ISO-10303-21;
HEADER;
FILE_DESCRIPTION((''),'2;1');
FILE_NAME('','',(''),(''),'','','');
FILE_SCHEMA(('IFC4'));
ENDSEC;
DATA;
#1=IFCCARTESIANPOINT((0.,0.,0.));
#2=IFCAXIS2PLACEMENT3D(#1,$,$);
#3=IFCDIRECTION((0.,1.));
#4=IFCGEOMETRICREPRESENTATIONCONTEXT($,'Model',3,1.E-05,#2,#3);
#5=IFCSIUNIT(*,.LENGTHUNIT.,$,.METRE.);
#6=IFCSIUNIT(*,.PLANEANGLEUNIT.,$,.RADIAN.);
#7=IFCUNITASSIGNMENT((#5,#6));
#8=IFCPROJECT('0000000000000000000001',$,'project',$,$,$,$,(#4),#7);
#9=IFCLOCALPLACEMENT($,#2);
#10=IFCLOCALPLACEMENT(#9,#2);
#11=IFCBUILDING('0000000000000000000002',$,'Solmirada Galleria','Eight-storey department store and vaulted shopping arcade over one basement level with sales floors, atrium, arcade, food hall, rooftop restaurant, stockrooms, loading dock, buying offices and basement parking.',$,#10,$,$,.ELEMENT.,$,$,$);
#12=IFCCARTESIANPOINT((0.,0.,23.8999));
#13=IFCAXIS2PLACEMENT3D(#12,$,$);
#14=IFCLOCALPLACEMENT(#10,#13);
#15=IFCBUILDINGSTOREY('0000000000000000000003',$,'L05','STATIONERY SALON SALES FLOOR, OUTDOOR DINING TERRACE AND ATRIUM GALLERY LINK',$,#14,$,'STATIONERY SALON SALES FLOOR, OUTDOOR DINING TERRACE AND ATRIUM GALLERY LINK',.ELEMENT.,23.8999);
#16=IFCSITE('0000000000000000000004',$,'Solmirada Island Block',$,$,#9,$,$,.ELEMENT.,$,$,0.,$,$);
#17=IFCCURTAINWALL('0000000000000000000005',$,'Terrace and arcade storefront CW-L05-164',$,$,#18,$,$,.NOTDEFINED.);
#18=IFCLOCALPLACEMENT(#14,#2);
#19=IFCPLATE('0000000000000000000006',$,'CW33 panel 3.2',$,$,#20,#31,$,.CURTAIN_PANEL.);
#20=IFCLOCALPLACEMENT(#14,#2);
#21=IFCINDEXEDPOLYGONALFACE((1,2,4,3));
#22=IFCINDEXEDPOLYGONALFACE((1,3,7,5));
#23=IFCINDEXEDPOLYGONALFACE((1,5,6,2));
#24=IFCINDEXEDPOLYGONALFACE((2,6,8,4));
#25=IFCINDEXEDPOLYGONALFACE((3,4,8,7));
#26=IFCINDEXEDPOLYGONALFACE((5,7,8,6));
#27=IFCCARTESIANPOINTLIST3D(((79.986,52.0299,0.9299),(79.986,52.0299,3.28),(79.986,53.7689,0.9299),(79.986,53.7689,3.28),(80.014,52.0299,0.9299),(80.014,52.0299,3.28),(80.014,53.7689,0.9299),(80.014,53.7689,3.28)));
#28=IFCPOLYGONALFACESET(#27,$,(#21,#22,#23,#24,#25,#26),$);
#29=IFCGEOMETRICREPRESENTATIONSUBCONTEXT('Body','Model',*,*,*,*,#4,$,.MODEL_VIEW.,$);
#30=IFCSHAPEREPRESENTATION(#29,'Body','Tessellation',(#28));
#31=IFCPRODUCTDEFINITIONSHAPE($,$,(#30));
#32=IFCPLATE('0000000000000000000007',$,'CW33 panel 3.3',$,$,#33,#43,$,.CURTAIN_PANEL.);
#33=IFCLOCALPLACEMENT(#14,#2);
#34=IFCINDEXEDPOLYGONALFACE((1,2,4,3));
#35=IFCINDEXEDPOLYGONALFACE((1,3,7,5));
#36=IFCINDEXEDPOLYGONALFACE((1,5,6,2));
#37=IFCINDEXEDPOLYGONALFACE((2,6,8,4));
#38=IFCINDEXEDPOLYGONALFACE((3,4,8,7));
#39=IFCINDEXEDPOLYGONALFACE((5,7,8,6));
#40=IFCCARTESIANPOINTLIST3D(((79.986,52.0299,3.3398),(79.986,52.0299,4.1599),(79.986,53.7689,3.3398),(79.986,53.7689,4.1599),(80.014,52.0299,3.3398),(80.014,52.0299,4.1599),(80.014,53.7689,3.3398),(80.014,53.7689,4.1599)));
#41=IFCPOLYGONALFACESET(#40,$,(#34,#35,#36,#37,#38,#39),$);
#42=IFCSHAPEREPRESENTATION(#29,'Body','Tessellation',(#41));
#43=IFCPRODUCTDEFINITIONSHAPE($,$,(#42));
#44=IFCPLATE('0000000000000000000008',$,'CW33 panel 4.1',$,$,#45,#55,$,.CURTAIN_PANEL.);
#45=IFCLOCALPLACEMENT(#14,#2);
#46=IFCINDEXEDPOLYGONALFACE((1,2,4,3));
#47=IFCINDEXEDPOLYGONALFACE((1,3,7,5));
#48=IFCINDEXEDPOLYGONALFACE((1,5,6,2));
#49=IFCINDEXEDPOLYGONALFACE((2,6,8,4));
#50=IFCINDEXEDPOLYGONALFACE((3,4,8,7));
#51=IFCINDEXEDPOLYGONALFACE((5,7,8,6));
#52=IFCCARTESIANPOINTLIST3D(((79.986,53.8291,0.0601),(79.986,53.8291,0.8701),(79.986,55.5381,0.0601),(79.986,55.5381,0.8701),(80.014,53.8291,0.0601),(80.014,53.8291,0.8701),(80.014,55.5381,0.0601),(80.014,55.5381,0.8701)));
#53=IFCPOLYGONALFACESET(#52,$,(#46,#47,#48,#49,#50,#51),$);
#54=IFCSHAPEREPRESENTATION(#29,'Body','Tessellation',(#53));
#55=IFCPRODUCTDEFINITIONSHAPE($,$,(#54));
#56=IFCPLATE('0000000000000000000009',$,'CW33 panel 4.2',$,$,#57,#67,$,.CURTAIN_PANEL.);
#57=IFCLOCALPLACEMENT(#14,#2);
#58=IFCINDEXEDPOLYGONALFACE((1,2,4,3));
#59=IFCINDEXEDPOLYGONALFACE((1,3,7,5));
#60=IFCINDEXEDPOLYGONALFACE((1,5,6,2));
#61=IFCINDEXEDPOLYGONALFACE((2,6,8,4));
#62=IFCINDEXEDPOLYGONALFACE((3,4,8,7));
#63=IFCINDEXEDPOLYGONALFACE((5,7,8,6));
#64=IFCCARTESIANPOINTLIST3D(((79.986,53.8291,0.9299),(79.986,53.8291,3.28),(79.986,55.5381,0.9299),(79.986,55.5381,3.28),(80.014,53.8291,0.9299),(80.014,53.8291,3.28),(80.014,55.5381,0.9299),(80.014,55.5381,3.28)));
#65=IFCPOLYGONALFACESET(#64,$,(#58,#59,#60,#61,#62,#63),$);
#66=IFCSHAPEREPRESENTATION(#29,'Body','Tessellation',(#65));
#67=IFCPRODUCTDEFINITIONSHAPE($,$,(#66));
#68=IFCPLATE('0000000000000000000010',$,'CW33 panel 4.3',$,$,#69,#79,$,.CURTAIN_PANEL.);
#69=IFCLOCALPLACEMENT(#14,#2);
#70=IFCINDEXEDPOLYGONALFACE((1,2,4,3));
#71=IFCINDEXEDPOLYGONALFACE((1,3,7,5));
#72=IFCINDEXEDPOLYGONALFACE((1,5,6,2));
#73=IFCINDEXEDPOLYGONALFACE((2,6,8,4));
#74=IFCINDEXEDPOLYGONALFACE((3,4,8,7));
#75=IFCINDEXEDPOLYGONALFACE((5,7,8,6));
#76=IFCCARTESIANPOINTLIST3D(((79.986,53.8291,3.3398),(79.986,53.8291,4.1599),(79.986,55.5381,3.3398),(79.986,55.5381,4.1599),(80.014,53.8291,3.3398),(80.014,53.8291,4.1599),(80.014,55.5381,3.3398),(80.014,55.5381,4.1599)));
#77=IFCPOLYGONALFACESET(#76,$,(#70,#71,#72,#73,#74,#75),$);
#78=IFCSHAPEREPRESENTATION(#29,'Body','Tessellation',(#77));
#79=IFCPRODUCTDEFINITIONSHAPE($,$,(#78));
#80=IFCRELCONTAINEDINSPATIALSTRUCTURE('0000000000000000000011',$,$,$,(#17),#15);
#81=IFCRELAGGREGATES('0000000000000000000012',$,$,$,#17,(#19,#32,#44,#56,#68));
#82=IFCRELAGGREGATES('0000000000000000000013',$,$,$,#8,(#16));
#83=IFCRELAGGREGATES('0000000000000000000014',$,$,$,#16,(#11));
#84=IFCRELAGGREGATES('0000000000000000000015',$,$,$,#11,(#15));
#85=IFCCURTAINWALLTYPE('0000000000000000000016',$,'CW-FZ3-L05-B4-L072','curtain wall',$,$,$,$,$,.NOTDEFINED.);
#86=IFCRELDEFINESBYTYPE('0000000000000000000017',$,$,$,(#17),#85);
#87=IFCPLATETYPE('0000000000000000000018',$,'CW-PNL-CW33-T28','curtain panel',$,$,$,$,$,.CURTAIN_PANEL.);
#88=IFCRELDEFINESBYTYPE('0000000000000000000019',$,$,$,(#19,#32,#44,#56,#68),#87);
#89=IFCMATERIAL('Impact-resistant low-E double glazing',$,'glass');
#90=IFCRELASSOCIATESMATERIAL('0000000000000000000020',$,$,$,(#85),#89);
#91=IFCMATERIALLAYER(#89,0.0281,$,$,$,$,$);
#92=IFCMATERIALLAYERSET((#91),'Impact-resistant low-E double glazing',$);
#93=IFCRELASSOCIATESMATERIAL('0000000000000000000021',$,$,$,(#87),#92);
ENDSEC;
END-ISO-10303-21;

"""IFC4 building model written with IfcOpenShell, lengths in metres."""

from ifc_helpers import new_model, si_unit, direction, frame, origin, origin_2d, place, context, subcontext, project, spatial, rectangle, extrude, material, layer, layer_set, type_object, element, aggregate, save


model = new_model("IFC4")

# Units and contexts
model_context = context("Model", 3, precision=1e-05, world=origin(), true_north=direction((0.0, 1.0)))
body_context = subcontext(model_context, "Body", "Model", "MODEL_VIEW")
ifc_project = project(units=[si_unit("LENGTHUNIT", "METRE"), si_unit("PLANEANGLEUNIT", "RADIAN")], contexts=[model_context])

# Site, building, storey
site_placement = place(None, origin())
site = spatial("IfcSite", under=ifc_project, at=site_placement, Name="Solmirada Island Block", CompositionType="ELEMENT", RefElevation=0.0)
building_placement = place(site_placement, origin())
building = spatial("IfcBuilding", under=site, at=building_placement, Name="Solmirada Galleria", Description="Eight-storey department store and vaulted shopping arcade over one basement level with sales floors, atrium, arcade, food hall, rooftop restaurant, stockrooms, loading dock, buying offices and basement parking.", CompositionType="ELEMENT")
storey_placement = place(building_placement, frame((0.0, 0.0, 23.8999)))
storey = spatial("IfcBuildingStorey", under=building, at=storey_placement, Name="L05", Description="STATIONERY SALON SALES FLOOR, OUTDOOR DINING TERRACE AND ATRIUM GALLERY LINK", LongName="STATIONERY SALON SALES FLOOR, OUTDOOR DINING TERRACE AND ATRIUM GALLERY LINK", CompositionType="ELEMENT", Elevation=23.8999)

# Curtain wall, plates
ifc_material_1 = material(Name="Impact-resistant low-E double glazing", Category="glass")
curtain_wall_type = type_object("IfcCurtainWallType", Name="CW-FZ3-L05-B4-L072", Description="curtain wall", PredefinedType="NOTDEFINED", material=ifc_material_1)
curtain_wall_placement = place(storey_placement, origin())
curtain_wall = element("IfcCurtainWall", 1, at=curtain_wall_placement, inside=storey, type_object=curtain_wall_type, Name="Terrace and arcade storefront CW-L05-164", PredefinedType="NOTDEFINED")
ifc_layer = layer(ifc_material_1, 0.0281)
ifc_layer_set = layer_set([ifc_layer], Name="Impact-resistant low-E double glazing")
plate_type = type_object("IfcPlateType", Name="CW-PNL-CW33-T28", Description="curtain panel", PredefinedType="CURTAIN_PANEL", material=ifc_layer_set)
plate_1_placement = place(storey_placement, frame((80.0, 52.8994, 0.9299), z_axis=(0.0, 0.0, 1.0), x_axis=(0.0, 1.0, 0.0)))
plate_1 = element("IfcPlate", 2, at=plate_1_placement, type_object=plate_type, Name="CW33 panel 3.2", PredefinedType="CURTAIN_PANEL", context=body_context, shape_type="SweptSolid", body=[
    extrude(rectangle(XDim=1.739, YDim=0.0281, at=origin_2d()), origin(), (0.0, 0.0, 1.0), 2.3501),
])
plate_2_placement = place(storey_placement, frame((80.0, 52.8994, 3.3398), z_axis=(0.0, 0.0, 1.0), x_axis=(0.0, 1.0, 0.0)))
plate_2 = element("IfcPlate", 3, at=plate_2_placement, type_object=plate_type, Name="CW33 panel 3.3", PredefinedType="CURTAIN_PANEL", context=body_context, shape_type="SweptSolid", body=[
    extrude(rectangle(XDim=1.739, YDim=0.0281, at=origin_2d()), origin(), (0.0, 0.0, 1.0), 0.8201),
])
plate_3_placement = place(storey_placement, frame((80.0, 54.6836, 0.0601), z_axis=(0.0, 0.0, 1.0), x_axis=(0.0, 1.0, 0.0)))
plate_3 = element("IfcPlate", 4, at=plate_3_placement, type_object=plate_type, Name="CW33 panel 4.1", PredefinedType="CURTAIN_PANEL", context=body_context, shape_type="SweptSolid", body=[
    extrude(rectangle(XDim=1.709, YDim=0.0281, at=origin_2d()), origin(), (0.0, 0.0, 1.0), 0.8101),
])
plate_4_placement = place(storey_placement, frame((80.0, 54.6836, 0.9299), z_axis=(0.0, 0.0, 1.0), x_axis=(0.0, 1.0, 0.0)))
plate_4 = element("IfcPlate", 5, at=plate_4_placement, type_object=plate_type, Name="CW33 panel 4.2", PredefinedType="CURTAIN_PANEL", context=body_context, shape_type="SweptSolid", body=[
    extrude(rectangle(XDim=1.709, YDim=0.0281, at=origin_2d()), origin(), (0.0, 0.0, 1.0), 2.3501),
])
plate_5_placement = place(storey_placement, frame((80.0, 54.6836, 3.3398), z_axis=(0.0, 0.0, 1.0), x_axis=(0.0, 1.0, 0.0)))
plate_5 = element("IfcPlate", 6, at=plate_5_placement, type_object=plate_type, Name="CW33 panel 4.3", PredefinedType="CURTAIN_PANEL", context=body_context, shape_type="SweptSolid", body=[
    extrude(rectangle(XDim=1.709, YDim=0.0281, at=origin_2d()), origin(), (0.0, 0.0, 1.0), 0.8201),
])
aggregate(curtain_wall, [plate_1, plate_2, plate_3, plate_4, plate_5])

save(model, "model.ifc")
